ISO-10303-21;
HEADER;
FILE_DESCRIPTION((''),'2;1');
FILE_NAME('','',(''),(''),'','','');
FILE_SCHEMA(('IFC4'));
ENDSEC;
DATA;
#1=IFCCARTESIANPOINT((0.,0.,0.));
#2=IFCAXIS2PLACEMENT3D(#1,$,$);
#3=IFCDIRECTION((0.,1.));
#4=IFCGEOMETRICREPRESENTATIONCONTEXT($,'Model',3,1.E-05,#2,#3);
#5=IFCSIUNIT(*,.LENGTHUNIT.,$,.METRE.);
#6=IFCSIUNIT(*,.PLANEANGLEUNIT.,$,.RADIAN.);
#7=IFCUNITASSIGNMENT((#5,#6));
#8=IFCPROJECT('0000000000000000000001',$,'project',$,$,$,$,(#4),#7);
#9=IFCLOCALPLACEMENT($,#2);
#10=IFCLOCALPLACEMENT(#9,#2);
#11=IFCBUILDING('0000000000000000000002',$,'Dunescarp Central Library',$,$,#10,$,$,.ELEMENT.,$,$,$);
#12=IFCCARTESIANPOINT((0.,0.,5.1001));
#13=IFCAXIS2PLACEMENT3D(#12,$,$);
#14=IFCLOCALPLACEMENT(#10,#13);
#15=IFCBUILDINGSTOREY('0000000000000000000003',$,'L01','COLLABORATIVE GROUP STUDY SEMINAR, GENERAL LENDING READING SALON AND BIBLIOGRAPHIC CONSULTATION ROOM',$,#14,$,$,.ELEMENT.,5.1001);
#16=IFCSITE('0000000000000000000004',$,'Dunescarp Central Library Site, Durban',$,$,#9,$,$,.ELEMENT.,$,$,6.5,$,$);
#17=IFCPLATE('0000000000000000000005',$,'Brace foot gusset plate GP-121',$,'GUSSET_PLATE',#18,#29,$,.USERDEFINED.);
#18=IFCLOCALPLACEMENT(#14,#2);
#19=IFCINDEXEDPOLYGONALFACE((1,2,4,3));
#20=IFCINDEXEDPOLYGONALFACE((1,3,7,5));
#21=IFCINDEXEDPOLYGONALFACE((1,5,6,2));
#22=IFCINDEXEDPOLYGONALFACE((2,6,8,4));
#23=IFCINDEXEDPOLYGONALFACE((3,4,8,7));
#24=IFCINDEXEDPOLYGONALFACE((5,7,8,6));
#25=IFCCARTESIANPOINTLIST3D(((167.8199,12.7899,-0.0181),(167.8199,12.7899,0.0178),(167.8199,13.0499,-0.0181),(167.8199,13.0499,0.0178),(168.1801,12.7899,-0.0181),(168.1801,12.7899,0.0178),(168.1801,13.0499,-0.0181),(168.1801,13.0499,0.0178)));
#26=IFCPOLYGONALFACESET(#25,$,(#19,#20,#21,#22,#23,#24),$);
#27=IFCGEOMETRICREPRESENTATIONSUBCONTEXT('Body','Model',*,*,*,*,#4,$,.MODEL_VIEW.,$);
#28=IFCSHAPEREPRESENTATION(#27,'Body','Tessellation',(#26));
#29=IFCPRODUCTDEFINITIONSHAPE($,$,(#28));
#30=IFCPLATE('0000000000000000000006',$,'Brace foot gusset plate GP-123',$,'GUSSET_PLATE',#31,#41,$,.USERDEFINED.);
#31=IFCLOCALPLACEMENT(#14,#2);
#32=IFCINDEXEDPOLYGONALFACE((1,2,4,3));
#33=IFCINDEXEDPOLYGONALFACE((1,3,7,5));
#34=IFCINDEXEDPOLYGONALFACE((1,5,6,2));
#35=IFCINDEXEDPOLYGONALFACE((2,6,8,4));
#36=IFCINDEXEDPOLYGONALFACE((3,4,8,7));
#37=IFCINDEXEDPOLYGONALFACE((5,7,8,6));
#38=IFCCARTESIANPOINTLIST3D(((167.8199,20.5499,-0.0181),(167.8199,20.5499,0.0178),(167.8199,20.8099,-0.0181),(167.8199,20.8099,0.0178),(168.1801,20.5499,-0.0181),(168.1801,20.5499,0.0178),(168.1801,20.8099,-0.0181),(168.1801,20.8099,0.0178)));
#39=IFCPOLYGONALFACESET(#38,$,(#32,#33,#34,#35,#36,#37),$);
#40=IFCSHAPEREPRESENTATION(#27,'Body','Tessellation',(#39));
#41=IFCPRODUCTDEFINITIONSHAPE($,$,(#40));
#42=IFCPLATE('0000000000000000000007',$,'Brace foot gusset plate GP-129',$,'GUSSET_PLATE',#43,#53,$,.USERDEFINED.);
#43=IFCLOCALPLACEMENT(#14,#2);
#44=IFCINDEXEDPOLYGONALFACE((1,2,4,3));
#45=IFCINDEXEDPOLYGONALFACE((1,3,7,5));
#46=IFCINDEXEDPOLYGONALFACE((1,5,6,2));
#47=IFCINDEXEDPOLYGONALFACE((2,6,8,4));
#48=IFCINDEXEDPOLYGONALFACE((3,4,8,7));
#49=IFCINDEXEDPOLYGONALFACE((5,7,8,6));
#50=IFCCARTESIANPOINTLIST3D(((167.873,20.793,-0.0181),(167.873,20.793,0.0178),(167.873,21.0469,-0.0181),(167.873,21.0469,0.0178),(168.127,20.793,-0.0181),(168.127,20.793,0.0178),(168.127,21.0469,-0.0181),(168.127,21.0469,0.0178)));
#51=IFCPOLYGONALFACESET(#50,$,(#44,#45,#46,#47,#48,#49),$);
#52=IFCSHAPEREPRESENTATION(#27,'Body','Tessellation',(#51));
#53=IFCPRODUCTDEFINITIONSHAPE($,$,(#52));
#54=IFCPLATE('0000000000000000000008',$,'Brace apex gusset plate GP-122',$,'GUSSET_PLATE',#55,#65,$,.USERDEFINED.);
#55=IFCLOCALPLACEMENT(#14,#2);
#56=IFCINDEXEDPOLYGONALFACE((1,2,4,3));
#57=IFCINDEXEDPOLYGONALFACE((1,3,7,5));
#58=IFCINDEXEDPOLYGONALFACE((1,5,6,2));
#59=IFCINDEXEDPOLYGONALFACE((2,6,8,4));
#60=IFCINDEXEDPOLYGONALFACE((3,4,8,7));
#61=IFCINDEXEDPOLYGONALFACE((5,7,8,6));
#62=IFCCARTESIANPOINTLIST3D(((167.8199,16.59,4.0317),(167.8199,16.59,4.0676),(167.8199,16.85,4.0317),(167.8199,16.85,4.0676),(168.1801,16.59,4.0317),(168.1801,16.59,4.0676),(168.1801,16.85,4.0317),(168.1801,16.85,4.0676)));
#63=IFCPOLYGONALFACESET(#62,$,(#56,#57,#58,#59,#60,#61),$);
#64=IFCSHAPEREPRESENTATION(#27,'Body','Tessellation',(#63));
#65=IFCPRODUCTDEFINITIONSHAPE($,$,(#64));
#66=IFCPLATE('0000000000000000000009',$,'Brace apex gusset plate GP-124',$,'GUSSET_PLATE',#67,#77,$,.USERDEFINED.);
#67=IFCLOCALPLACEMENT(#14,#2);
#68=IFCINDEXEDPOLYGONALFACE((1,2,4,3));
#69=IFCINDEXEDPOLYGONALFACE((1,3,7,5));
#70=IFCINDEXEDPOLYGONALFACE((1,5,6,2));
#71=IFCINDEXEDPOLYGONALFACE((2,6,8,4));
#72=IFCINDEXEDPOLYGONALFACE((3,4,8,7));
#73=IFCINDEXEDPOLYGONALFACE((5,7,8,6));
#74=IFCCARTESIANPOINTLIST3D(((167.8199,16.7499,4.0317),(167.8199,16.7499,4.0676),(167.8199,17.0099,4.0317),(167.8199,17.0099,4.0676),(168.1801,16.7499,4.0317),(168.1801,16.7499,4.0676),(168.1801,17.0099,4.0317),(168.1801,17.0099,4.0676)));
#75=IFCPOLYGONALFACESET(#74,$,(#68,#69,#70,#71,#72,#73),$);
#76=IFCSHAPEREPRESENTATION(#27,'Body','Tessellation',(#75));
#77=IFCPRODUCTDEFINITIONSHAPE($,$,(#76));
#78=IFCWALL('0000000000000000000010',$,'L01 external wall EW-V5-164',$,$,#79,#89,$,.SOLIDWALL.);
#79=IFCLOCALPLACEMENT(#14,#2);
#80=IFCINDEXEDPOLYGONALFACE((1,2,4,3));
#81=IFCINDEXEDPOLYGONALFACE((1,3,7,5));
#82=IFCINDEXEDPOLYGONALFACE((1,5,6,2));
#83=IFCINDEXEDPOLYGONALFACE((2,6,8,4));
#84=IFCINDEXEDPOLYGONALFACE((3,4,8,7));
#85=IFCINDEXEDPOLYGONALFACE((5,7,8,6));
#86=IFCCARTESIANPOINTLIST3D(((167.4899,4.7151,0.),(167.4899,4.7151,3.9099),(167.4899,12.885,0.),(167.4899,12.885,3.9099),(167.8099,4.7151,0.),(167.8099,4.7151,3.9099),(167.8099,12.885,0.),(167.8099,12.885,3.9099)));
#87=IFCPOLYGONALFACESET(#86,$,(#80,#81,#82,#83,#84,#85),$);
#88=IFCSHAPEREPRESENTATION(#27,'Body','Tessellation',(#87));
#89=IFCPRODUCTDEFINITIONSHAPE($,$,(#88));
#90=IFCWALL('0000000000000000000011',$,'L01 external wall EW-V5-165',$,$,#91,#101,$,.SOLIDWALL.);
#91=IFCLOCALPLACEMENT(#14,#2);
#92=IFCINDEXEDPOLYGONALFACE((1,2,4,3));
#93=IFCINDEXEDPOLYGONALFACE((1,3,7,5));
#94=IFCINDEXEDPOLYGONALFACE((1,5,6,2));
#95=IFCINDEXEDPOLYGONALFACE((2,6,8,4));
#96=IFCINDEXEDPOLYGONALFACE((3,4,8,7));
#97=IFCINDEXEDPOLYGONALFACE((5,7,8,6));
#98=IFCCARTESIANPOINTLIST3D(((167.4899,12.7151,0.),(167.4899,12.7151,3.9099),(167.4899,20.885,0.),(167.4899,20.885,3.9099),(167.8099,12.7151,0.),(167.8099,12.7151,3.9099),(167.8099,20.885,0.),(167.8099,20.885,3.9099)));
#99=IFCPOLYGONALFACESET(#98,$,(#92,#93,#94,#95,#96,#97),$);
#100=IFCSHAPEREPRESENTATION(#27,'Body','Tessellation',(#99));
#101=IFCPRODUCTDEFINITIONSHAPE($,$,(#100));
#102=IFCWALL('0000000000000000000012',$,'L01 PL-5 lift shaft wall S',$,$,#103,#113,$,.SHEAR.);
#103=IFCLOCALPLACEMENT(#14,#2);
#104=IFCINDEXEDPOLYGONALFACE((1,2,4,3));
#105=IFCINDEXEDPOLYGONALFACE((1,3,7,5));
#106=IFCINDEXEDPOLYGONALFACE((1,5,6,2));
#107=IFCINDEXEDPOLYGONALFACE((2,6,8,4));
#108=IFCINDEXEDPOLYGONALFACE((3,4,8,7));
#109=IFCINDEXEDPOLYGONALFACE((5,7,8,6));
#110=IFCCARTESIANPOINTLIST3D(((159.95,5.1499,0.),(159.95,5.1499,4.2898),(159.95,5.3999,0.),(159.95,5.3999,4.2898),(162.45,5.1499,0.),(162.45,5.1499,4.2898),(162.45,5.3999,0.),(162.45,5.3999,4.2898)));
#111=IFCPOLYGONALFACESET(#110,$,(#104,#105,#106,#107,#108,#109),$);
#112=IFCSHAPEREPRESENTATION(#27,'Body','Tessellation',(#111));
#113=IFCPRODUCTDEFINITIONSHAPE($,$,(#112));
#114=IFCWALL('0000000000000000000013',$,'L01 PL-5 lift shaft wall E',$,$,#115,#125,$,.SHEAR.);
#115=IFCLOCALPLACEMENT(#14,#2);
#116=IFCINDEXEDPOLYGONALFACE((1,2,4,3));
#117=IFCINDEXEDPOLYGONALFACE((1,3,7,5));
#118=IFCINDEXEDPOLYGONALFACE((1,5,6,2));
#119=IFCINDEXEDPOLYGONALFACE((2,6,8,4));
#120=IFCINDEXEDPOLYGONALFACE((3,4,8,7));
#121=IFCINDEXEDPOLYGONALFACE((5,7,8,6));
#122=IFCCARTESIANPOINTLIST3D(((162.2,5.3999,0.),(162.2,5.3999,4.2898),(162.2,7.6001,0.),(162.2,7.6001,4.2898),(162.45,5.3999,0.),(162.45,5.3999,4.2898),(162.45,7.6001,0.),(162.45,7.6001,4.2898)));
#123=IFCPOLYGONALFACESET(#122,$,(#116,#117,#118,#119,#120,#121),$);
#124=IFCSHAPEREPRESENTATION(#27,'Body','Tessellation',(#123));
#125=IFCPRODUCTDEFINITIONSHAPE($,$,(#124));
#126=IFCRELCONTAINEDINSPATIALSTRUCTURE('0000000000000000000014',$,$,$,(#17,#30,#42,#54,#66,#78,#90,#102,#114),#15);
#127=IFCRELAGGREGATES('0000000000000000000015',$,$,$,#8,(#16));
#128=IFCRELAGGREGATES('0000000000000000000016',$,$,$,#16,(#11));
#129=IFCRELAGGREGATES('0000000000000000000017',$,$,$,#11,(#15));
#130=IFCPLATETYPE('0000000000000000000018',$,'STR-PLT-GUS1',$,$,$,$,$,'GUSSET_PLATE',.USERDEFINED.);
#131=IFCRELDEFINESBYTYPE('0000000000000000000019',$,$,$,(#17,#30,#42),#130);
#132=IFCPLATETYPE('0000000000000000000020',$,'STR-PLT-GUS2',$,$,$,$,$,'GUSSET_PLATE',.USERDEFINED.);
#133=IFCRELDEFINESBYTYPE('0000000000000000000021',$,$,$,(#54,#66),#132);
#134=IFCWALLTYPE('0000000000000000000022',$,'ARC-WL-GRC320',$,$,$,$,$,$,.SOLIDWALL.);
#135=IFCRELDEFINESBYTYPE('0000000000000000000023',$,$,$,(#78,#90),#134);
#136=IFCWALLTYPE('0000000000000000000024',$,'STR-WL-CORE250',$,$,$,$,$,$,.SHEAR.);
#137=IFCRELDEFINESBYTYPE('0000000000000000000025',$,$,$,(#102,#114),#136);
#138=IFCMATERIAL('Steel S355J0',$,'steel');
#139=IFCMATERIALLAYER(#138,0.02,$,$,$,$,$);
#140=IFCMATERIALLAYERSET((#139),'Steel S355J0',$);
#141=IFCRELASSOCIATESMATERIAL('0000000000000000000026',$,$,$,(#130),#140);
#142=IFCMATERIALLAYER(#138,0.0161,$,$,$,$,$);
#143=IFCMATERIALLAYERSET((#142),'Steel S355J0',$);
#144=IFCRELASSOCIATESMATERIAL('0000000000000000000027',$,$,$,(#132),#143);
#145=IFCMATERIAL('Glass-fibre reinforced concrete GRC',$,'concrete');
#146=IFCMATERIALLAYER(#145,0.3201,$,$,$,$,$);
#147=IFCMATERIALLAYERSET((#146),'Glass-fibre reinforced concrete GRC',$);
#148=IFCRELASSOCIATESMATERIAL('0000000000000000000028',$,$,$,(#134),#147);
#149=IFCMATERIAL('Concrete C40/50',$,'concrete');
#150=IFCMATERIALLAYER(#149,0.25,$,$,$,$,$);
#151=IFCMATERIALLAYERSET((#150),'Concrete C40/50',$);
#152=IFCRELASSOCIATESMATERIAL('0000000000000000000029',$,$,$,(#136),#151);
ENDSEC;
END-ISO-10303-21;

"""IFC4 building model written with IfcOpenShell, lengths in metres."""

from ifc_helpers import new_model, si_unit, direction, frame, frame_2d, origin, origin_2d, place, context, subcontext, project, spatial, rectangle, extrude, material, layer, layer_set, type_object, element, save


model = new_model("IFC4")

# Units and contexts
model_context = context("Model", 3, precision=1e-05, world=origin(), true_north=direction((0.0, 1.0)))
body_context = subcontext(model_context, "Body", "Model", "MODEL_VIEW")
ifc_project = project(units=[si_unit("LENGTHUNIT", "METRE"), si_unit("PLANEANGLEUNIT", "RADIAN")], contexts=[model_context])

# Site, building, storey
site_placement = place(None, origin())
site = spatial("IfcSite", under=ifc_project, at=site_placement, Name="Dunescarp Central Library Site, Durban", CompositionType="ELEMENT", RefElevation=6.5)
building_placement = place(site_placement, origin())
building = spatial("IfcBuilding", under=site, at=building_placement, Name="Dunescarp Central Library", CompositionType="ELEMENT")
storey_placement = place(building_placement, frame((0.0, 0.0, 5.1001)))
storey = spatial("IfcBuildingStorey", under=building, at=storey_placement, Name="L01", Description="COLLABORATIVE GROUP STUDY SEMINAR, GENERAL LENDING READING SALON AND BIBLIOGRAPHIC CONSULTATION ROOM", CompositionType="ELEMENT", Elevation=5.1001)

# Shared definitions
ifc_material_1 = material(Name="Concrete C40/50", Category="concrete")

# Shared definitions
ifc_material_2 = material(Name="Steel S355J0", Category="steel")

# Plates
ifc_layer_1 = layer(ifc_material_2, 0.02)
ifc_layer_set_1 = layer_set([ifc_layer_1], Name="Steel S355J0")
plate_type_1 = type_object("IfcPlateType", Name="STR-PLT-GUS1", ElementType="GUSSET_PLATE", PredefinedType="USERDEFINED", material=ifc_layer_set_1)
for number, where, z_axis, x_axis, name in (
    (1, (168.0, 12.9199, -0.0181), (0.0, 0.0, 1.0), (1.0, 0.0, 0.0), "Brace foot gusset plate GP-121"),
    (2, (168.0, 20.6799, -0.0181), (0.0, 0.0, 1.0), (1.0, 0.0, 0.0), "Brace foot gusset plate GP-123"),
):
    element("IfcPlate", number, at=place(storey_placement, frame(where, z_axis=z_axis, x_axis=x_axis)), inside=storey, type_object=plate_type_1, Name=name, ObjectType="GUSSET_PLATE", PredefinedType="USERDEFINED", context=body_context, shape_type="SweptSolid", body=[
        extrude(rectangle(XDim=0.3601, YDim=0.26, at=origin_2d()), origin(), (0.0, 0.0, 1.0), 0.0359),
    ])
plate_1_placement = place(storey_placement, frame((168.0, 20.9199, -0.0181), z_axis=(0.0, 0.0, 1.0), x_axis=(1.0, 0.0, 0.0)))
element("IfcPlate", 3, at=plate_1_placement, inside=storey, type_object=plate_type_1, Name="Brace foot gusset plate GP-129", ObjectType="GUSSET_PLATE", PredefinedType="USERDEFINED", context=body_context, shape_type="SweptSolid", body=[
    extrude(rectangle(XDim=0.2539, YDim=0.2539, at=origin_2d()), origin(), (0.0, 0.0, 1.0), 0.0359),
])
ifc_layer_2 = layer(ifc_material_2, 0.0161)
ifc_layer_set_2 = layer_set([ifc_layer_2], Name="Steel S355J0")
plate_type_2 = type_object("IfcPlateType", Name="STR-PLT-GUS2", ElementType="GUSSET_PLATE", PredefinedType="USERDEFINED", material=ifc_layer_set_2)
for number, where, z_axis, x_axis, name in (
    (4, (168.0, 16.72, 4.0317), (0.0, 0.0, 1.0), (1.0, 0.0, 0.0), "Brace apex gusset plate GP-122"),
    (5, (168.0, 16.8799, 4.0317), (0.0, 0.0, 1.0), (1.0, 0.0, 0.0), "Brace apex gusset plate GP-124"),
):
    element("IfcPlate", number, at=place(storey_placement, frame(where, z_axis=z_axis, x_axis=x_axis)), inside=storey, type_object=plate_type_2, Name=name, ObjectType="GUSSET_PLATE", PredefinedType="USERDEFINED", context=body_context, shape_type="SweptSolid", body=[
        extrude(rectangle(XDim=0.3601, YDim=0.26, at=origin_2d()), origin(), (0.0, 0.0, 1.0), 0.0359),
    ])

# Walls
ifc_material_3 = material(Name="Glass-fibre reinforced concrete GRC", Category="concrete")
ifc_layer_3 = layer(ifc_material_3, 0.3201)
ifc_layer_set_3 = layer_set([ifc_layer_3], Name="Glass-fibre reinforced concrete GRC")
wall_type_1 = type_object("IfcWallType", Name="ARC-WL-GRC320", PredefinedType="SOLIDWALL", material=ifc_layer_set_3)
for number, where, z_axis, x_axis, name in (
    (6, (167.6499, 12.885, 0.0), (0.0, 0.0, 1.0), (0.0, -1.0, 0.0), "L01 external wall EW-V5-164"),
    (7, (167.6499, 20.885, 0.0), (0.0, 0.0, 1.0), (0.0, -1.0, 0.0), "L01 external wall EW-V5-165"),
):
    element("IfcWall", number, at=place(storey_placement, frame(where, z_axis=z_axis, x_axis=x_axis)), inside=storey, type_object=wall_type_1, Name=name, PredefinedType="SOLIDWALL", context=body_context, shape_type="SweptSolid", body=[
        extrude(rectangle(XDim=8.1699, YDim=0.3201, at=frame_2d((4.085, 0.0))), origin(), (0.0, 0.0, 1.0), 3.9099),
    ])
ifc_layer_4 = layer(ifc_material_1, 0.25)
ifc_layer_set_4 = layer_set([ifc_layer_4], Name="Concrete C40/50")
wall_type_2 = type_object("IfcWallType", Name="STR-WL-CORE250", PredefinedType="SHEAR", material=ifc_layer_set_4)
wall_1_placement = place(storey_placement, frame((162.45, 5.2749, 0.0), z_axis=(0.0, 0.0, 1.0), x_axis=(-1.0, 0.0, 0.0)))
element("IfcWall", 8, at=wall_1_placement, inside=storey, type_object=wall_type_2, Name="L01 PL-5 lift shaft wall S", PredefinedType="SHEAR", context=body_context, shape_type="SweptSolid", body=[
    extrude(rectangle(XDim=2.5, YDim=0.25, at=frame_2d((1.25, 0.0))), origin(), (0.0, 0.0, 1.0), 4.2898),
])
wall_2_placement = place(storey_placement, frame((162.325, 7.6001, 0.0), z_axis=(0.0, 0.0, 1.0), x_axis=(0.0, -1.0, 0.0)))
element("IfcWall", 9, at=wall_2_placement, inside=storey, type_object=wall_type_2, Name="L01 PL-5 lift shaft wall E", PredefinedType="SHEAR", context=body_context, shape_type="SweptSolid", body=[
    extrude(rectangle(XDim=2.2002, YDim=0.25, at=frame_2d((1.1001, 0.0))), origin(), (0.0, 0.0, 1.0), 4.2898),
])

save(model, "model.ifc")
